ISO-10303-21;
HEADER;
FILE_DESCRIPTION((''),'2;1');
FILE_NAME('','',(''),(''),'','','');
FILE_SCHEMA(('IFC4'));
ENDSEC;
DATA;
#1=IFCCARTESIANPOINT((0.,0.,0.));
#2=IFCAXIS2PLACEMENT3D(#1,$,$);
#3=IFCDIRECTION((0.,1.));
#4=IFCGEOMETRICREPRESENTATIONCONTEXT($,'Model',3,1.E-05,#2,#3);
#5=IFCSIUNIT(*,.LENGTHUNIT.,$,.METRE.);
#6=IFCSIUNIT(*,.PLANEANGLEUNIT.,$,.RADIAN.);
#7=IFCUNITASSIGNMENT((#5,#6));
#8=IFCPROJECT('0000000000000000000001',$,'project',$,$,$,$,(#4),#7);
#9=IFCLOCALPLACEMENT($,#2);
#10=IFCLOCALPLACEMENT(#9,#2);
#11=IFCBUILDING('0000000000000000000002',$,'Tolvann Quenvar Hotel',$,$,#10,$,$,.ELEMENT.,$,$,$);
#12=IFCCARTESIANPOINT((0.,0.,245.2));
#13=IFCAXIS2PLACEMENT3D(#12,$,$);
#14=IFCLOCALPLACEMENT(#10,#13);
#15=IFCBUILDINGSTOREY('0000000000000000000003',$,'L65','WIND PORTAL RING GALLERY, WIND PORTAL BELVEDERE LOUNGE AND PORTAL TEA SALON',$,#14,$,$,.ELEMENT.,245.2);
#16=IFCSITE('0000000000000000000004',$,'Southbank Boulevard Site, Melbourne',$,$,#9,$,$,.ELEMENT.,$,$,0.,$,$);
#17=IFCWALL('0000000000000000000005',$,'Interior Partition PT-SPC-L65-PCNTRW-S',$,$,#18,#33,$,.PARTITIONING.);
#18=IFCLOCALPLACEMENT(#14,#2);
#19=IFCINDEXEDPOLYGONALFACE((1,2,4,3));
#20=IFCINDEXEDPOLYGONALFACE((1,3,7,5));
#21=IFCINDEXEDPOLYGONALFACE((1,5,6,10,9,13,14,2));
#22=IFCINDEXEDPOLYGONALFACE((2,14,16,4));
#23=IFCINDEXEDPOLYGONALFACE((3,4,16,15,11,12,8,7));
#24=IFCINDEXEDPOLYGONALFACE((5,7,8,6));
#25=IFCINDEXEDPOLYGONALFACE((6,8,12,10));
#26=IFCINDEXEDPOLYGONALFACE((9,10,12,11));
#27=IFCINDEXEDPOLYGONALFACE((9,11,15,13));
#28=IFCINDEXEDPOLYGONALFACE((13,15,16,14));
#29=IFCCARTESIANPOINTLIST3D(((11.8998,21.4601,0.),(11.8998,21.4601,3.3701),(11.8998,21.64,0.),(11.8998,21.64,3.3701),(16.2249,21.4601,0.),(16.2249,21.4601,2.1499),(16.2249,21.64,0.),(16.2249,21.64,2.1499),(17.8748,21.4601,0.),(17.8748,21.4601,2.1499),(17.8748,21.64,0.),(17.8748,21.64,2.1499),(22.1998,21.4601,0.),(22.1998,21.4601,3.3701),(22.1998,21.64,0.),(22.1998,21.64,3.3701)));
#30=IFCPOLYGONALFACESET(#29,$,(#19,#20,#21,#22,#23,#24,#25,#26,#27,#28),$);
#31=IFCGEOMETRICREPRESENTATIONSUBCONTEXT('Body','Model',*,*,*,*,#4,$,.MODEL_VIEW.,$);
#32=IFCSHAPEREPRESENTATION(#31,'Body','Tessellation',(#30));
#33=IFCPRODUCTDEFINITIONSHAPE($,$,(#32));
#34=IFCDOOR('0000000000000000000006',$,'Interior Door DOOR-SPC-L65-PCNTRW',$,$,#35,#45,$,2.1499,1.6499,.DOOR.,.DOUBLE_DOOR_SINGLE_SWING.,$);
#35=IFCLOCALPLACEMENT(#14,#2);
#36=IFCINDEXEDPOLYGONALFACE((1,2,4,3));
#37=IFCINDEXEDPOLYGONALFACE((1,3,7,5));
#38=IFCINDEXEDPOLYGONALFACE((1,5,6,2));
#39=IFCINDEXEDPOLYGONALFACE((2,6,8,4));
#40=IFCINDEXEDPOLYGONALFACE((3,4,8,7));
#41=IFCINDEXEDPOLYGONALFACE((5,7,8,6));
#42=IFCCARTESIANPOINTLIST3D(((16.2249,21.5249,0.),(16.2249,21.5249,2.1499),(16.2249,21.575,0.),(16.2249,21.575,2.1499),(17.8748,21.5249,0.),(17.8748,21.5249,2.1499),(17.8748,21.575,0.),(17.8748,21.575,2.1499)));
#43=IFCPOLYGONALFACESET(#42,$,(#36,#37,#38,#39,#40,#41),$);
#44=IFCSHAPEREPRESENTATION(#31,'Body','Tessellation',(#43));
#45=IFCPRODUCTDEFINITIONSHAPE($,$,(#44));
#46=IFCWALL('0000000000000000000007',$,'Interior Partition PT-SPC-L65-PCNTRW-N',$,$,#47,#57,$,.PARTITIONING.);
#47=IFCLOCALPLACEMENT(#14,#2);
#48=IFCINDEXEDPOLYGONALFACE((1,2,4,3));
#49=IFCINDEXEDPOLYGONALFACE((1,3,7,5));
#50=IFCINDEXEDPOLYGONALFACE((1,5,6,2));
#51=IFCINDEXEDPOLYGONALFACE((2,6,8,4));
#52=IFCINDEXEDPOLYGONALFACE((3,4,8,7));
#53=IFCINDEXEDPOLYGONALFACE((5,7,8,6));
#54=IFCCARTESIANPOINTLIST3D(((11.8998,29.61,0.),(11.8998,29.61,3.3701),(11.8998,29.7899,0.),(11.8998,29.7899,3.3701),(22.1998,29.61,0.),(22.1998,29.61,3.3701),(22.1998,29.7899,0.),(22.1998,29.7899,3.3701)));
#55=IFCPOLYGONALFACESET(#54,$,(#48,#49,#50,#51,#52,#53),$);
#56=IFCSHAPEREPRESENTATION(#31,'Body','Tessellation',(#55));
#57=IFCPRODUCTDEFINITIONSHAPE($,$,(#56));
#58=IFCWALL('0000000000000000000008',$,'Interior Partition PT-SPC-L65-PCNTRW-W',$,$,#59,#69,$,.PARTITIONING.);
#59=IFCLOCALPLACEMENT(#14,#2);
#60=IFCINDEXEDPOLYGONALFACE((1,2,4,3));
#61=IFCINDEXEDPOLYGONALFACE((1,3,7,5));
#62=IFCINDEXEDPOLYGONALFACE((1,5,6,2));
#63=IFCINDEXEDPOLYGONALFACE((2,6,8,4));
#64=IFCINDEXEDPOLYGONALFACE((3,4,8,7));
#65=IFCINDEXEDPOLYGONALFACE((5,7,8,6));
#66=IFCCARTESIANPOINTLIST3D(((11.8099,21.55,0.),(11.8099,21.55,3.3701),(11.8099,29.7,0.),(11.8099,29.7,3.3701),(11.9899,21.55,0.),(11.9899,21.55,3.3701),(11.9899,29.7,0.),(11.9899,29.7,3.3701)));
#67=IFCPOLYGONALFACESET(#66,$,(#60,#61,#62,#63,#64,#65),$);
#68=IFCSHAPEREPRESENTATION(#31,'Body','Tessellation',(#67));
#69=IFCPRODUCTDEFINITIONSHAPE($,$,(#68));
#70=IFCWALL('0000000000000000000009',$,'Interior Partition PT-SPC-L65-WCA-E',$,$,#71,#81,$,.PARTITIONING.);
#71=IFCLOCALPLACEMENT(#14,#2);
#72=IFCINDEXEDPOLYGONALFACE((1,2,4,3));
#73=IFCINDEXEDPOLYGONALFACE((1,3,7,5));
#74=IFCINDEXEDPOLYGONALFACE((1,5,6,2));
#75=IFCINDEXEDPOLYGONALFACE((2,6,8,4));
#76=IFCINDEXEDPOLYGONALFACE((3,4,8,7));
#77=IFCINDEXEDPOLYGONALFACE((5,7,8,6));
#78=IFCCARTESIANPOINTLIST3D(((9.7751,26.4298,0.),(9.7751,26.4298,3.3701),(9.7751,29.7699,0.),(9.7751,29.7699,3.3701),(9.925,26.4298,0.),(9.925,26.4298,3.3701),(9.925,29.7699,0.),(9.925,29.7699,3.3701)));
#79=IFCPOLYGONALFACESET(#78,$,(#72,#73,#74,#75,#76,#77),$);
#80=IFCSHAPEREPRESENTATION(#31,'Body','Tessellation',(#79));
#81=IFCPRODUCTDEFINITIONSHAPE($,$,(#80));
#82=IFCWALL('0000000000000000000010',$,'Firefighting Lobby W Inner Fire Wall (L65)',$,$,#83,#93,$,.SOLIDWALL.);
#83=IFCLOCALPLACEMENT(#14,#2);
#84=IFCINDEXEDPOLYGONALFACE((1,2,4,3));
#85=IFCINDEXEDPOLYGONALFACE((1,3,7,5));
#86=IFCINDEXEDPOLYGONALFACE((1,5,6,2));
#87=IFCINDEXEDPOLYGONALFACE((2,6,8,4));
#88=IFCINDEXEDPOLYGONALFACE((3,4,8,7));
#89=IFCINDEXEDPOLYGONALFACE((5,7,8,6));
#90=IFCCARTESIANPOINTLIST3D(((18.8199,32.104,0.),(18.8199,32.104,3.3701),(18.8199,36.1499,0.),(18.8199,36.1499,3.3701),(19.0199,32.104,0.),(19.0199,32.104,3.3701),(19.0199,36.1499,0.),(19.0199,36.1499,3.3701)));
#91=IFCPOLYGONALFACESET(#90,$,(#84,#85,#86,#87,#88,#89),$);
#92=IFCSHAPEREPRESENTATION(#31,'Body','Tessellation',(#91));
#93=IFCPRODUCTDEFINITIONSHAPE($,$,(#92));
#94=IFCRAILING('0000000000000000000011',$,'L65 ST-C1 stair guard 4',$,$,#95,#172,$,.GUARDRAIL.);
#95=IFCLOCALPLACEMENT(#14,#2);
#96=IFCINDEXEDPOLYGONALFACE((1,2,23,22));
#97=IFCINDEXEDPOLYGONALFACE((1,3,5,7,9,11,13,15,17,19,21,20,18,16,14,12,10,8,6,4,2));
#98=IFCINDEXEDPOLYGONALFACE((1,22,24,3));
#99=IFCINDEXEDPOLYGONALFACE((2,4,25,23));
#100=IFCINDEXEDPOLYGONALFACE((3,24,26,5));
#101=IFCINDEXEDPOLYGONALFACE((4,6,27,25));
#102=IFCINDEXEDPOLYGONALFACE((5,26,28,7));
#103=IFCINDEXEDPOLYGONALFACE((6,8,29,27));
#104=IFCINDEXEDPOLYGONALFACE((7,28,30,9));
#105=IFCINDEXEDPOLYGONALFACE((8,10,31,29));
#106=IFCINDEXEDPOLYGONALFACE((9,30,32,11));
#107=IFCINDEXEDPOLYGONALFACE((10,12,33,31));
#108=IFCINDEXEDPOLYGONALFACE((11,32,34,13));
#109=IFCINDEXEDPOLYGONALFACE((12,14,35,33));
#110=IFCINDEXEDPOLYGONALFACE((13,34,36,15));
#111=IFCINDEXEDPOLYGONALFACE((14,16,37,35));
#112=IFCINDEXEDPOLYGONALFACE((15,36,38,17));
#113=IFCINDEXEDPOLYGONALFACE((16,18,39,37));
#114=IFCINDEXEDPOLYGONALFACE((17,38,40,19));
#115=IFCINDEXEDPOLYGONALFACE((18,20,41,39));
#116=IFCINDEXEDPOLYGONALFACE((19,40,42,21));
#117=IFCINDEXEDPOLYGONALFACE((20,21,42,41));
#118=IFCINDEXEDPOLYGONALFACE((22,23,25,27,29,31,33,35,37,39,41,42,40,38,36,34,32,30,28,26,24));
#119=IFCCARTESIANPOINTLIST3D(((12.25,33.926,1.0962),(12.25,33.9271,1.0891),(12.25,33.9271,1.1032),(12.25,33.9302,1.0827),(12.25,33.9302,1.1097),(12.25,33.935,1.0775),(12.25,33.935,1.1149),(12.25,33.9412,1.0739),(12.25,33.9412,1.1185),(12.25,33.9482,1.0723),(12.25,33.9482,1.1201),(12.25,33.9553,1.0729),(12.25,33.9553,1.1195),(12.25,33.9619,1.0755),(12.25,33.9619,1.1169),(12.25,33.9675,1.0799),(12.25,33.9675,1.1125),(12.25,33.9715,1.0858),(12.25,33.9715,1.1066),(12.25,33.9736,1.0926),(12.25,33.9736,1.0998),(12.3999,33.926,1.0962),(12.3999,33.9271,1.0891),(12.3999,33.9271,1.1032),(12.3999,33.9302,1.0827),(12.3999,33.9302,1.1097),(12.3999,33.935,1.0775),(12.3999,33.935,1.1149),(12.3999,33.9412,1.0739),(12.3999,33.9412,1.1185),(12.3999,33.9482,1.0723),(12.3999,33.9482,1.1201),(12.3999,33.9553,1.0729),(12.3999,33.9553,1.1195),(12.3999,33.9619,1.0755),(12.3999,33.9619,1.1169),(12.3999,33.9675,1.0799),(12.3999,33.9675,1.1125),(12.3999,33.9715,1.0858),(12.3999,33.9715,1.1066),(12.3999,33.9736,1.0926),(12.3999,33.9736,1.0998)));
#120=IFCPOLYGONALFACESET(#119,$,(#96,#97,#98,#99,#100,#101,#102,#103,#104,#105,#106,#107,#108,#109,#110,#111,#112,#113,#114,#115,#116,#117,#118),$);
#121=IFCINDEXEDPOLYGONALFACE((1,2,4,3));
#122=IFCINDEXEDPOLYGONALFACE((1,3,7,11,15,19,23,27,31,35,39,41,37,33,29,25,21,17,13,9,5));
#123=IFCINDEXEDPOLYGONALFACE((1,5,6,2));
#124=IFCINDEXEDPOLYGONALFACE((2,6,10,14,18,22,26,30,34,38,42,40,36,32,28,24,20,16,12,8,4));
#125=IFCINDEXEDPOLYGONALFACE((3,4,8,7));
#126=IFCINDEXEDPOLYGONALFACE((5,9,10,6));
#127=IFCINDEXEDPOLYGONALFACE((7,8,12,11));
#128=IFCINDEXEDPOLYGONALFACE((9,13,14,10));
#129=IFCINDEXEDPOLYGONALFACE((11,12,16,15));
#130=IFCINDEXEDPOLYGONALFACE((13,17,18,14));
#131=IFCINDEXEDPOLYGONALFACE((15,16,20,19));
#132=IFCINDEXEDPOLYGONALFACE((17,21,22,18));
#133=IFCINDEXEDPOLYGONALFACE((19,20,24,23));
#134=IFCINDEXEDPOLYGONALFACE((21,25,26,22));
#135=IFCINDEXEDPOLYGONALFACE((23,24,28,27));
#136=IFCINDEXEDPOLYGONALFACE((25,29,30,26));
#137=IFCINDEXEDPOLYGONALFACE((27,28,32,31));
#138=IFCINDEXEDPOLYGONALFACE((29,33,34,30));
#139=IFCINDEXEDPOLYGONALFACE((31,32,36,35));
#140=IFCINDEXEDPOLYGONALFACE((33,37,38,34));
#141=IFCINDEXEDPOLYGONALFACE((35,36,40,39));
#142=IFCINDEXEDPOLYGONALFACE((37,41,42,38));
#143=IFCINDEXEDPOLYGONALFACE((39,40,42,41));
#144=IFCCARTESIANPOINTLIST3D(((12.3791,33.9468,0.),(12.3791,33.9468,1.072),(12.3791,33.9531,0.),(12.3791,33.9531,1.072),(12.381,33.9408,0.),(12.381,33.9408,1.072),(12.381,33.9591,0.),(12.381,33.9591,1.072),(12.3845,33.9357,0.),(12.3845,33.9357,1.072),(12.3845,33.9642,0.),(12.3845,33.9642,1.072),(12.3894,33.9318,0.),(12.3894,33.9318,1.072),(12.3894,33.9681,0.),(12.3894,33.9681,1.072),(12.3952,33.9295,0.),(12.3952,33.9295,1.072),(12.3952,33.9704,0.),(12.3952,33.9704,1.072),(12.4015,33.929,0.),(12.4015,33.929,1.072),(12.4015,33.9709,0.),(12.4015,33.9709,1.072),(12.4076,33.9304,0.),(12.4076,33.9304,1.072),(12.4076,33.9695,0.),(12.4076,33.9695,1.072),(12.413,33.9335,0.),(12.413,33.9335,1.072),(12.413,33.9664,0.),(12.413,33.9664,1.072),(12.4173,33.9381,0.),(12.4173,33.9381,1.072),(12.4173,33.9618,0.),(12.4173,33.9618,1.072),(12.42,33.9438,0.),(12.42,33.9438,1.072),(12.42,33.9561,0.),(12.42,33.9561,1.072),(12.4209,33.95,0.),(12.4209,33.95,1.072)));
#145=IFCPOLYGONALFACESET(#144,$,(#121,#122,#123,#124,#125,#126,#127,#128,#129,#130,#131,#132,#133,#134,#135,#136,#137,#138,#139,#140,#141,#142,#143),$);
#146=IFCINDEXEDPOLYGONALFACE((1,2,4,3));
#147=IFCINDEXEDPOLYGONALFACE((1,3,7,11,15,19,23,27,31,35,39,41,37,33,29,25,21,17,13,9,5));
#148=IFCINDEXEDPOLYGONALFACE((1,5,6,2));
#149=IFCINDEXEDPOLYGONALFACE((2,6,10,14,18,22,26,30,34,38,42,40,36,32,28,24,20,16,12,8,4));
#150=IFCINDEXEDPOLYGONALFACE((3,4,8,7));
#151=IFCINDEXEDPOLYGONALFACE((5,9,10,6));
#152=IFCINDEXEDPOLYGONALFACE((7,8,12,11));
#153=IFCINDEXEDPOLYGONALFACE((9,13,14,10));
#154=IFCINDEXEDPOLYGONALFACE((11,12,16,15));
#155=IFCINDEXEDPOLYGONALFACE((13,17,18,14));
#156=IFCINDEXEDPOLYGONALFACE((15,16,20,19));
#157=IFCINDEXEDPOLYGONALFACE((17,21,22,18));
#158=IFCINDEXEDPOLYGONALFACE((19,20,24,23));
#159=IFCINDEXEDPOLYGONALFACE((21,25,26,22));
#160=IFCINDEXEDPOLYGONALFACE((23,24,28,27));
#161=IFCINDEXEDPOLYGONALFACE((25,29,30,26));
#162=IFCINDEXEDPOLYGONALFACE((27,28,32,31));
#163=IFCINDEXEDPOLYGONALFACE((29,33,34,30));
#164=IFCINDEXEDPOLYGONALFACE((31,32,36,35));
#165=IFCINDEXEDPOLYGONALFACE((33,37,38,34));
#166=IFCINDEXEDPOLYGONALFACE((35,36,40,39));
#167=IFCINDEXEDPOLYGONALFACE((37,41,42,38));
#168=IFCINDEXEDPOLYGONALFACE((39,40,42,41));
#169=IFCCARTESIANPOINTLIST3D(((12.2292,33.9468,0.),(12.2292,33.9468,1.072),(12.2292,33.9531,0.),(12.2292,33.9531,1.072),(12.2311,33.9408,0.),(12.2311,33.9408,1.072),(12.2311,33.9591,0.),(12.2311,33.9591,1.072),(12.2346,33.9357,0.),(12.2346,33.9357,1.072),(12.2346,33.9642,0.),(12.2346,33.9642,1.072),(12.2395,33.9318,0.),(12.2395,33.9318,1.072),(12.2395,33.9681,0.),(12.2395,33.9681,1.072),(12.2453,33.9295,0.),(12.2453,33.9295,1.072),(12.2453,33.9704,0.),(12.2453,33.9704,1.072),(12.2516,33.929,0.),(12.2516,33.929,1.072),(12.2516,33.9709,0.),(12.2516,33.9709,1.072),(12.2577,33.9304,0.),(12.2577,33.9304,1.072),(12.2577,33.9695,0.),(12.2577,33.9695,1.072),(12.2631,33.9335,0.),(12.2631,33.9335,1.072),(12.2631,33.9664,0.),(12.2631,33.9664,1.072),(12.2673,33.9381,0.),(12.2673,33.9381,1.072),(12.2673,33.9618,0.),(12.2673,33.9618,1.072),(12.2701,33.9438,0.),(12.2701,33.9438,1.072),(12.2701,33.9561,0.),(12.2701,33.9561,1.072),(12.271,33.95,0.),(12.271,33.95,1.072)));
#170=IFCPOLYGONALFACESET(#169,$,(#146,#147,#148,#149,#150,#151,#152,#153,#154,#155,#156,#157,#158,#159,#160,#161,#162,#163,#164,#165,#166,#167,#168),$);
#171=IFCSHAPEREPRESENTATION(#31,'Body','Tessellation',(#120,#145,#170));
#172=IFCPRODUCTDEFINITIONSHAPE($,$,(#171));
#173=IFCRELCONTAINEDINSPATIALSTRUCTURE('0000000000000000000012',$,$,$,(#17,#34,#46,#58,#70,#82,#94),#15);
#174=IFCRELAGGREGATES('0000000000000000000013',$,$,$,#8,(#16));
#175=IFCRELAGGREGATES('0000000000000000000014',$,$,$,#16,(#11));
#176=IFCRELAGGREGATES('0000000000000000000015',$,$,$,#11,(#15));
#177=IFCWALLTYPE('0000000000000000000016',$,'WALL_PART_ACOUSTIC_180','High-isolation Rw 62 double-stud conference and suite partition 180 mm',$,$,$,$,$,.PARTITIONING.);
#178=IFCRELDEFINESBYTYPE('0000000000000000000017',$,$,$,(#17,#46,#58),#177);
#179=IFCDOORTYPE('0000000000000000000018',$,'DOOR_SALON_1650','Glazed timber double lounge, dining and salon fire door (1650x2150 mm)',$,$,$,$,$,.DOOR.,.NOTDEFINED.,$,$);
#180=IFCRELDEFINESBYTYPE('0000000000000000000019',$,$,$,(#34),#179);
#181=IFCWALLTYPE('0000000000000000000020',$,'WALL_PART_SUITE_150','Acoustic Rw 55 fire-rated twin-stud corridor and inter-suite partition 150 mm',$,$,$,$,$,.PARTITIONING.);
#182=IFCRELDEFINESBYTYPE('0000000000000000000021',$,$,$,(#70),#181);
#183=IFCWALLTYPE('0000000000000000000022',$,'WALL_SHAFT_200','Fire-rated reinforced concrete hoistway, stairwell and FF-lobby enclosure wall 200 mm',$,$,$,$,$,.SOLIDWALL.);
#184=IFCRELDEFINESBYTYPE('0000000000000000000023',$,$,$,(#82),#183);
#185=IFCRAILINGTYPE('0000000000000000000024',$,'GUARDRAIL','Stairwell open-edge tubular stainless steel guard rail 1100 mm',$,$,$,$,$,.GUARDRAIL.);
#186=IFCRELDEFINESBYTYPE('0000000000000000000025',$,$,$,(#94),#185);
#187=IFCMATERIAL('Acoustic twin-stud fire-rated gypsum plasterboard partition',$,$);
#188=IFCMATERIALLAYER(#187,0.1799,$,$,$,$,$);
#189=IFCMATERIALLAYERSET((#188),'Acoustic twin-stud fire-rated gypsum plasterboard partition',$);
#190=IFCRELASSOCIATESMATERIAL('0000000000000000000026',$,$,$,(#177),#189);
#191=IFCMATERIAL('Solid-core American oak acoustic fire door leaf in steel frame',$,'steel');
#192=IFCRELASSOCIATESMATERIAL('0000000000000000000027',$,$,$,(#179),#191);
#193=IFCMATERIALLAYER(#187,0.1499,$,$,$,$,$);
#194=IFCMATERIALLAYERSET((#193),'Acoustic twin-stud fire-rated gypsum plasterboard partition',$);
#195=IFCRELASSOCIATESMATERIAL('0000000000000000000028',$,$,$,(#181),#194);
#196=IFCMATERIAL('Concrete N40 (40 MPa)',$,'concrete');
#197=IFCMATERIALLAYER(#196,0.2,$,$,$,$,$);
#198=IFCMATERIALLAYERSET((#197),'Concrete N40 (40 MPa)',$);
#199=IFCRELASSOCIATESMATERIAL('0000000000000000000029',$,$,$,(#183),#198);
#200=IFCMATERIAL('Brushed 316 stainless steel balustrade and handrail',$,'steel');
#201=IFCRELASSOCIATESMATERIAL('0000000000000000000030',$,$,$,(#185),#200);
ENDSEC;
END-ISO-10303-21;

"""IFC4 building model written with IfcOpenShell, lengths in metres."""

from ifc_helpers import new_model, si_unit, direction, frame, frame_2d, origin, origin_2d, place, context, subcontext, project, spatial, rectangle, circle, extrude, source, transform, mapped, material, layer, layer_set, type_object, type_shapes, element, fill, save


model = new_model("IFC4")

# Units and contexts
model_context = context("Model", 3, precision=1e-05, world=origin(), true_north=direction((0.0, 1.0)))
body_context = subcontext(model_context, "Body", "Model", "MODEL_VIEW")
ifc_project = project(units=[si_unit("LENGTHUNIT", "METRE"), si_unit("PLANEANGLEUNIT", "RADIAN")], contexts=[model_context])

# Site, building, storey
site_placement = place(None, origin())
site = spatial("IfcSite", under=ifc_project, at=site_placement, Name="Southbank Boulevard Site, Melbourne", CompositionType="ELEMENT", RefElevation=0.0)
building_placement = place(site_placement, origin())
building = spatial("IfcBuilding", under=site, at=building_placement, Name="Tolvann Quenvar Hotel", CompositionType="ELEMENT")
storey_placement = place(building_placement, frame((0.0, 0.0, 245.2)))
storey = spatial("IfcBuildingStorey", under=building, at=storey_placement, Name="L65", Description="WIND PORTAL RING GALLERY, WIND PORTAL BELVEDERE LOUNGE AND PORTAL TEA SALON", CompositionType="ELEMENT", Elevation=245.2)

# Shared definitions
ifc_material_1 = material(Name="Solid-core American oak acoustic fire door leaf in steel frame", Category="steel")

# Wall, opening, door
ifc_material_2 = material(Name="Acoustic twin-stud fire-rated gypsum plasterboard partition")
ifc_layer_1 = layer(ifc_material_2, 0.1799)
ifc_layer_set_1 = layer_set([ifc_layer_1], Name="Acoustic twin-stud fire-rated gypsum plasterboard partition")
wall_type_1 = type_object("IfcWallType", Name="WALL_PART_ACOUSTIC_180", Description="High-isolation Rw 62 double-stud conference and suite partition 180 mm", PredefinedType="PARTITIONING", material=ifc_layer_set_1)
wall_1_placement = place(storey_placement, frame((11.8999, 21.55, 0.0), z_axis=(0.0, 0.0, 1.0), x_axis=(1.0, 0.0, 0.0)))
wall_1 = element("IfcWall", 1, at=wall_1_placement, inside=storey, type_object=wall_type_1, Name="Interior Partition PT-SPC-L65-PCNTRW-S", PredefinedType="PARTITIONING", context=body_context, shape_type="SweptSolid", body=[
    extrude(rectangle(XDim=10.3, YDim=0.1799, at=frame_2d((5.1499, 0.0))), origin(), (0.0, 0.0, 1.0), 3.3701),
])
opening_1_placement = place(wall_1_placement, frame((4.325, 0.0, 0.0)))
opening_1 = element("IfcOpeningElement", 2, at=opening_1_placement, cuts=wall_1, PredefinedType="OPENING", context=body_context, shape_type="SweptSolid", body=[
    extrude(rectangle(XDim=1.6499, YDim=2.1499, at=frame_2d((0.825, 1.075))), frame((0.0, 0.1001, 0.0), z_axis=(0.0, -1.0, 0.0), x_axis=(1.0, 0.0, 0.0)), (0.0, 0.0, 1.0), 0.2),
])
door_type_1 = type_object("IfcDoorType", Name="DOOR_SALON_1650", Description="Glazed timber double lounge, dining and salon fire door (1650x2150 mm)", OperationType="NOTDEFINED", PredefinedType="DOOR", material=ifc_material_1)
shared_shape_1 = source(origin(), body_context, "Body", "SweptSolid", [
    extrude(rectangle(XDim=1.6499, YDim=2.1499, at=frame_2d((0.825, 1.075))), frame((0.0, 0.0249, 0.0), z_axis=(0.0, -1.0, 0.0), x_axis=(1.0, 0.0, 0.0)), (0.0, 0.0, 1.0), 0.05),
])
type_shapes(door_type_1, [shared_shape_1])
door_1_placement = place(opening_1_placement, origin())
door_1 = element("IfcDoor", 3, at=door_1_placement, inside=storey, type_object=door_type_1, Name="Interior Door DOOR-SPC-L65-PCNTRW", OperationType="DOUBLE_DOOR_SINGLE_SWING", OverallHeight=2.1499, OverallWidth=1.6499, PredefinedType="DOOR", context=body_context, shape_type="MappedRepresentation", body=[
    mapped(shared_shape_1, transform((0.0, 0.0, 0.0), x_axis=(1.0, 0.0, 0.0), y_axis=(0.0, 1.0, 0.0), z_axis=(0.0, 0.0, 1.0), scale=1.0)),
])
fill(opening_1, door_1)

# Walls
wall_2_placement = place(storey_placement, frame((11.8999, 29.7, 0.0), z_axis=(0.0, 0.0, 1.0), x_axis=(1.0, 0.0, 0.0)))
element("IfcWall", 4, at=wall_2_placement, inside=storey, type_object=wall_type_1, Name="Interior Partition PT-SPC-L65-PCNTRW-N", PredefinedType="PARTITIONING", context=body_context, shape_type="SweptSolid", body=[
    extrude(rectangle(XDim=10.3, YDim=0.1799, at=frame_2d((5.1499, 0.0))), origin(), (0.0, 0.0, 1.0), 3.3701),
])
wall_3_placement = place(storey_placement, frame((11.8999, 21.55, 0.0), z_axis=(0.0, 0.0, 1.0), x_axis=(0.0, 1.0, 0.0)))
element("IfcWall", 5, at=wall_3_placement, inside=storey, type_object=wall_type_1, Name="Interior Partition PT-SPC-L65-PCNTRW-W", PredefinedType="PARTITIONING", context=body_context, shape_type="SweptSolid", body=[
    extrude(rectangle(XDim=8.1499, YDim=0.1799, at=frame_2d((4.075, 0.0))), origin(), (0.0, 0.0, 1.0), 3.3701),
])
ifc_layer_2 = layer(ifc_material_2, 0.1499)
ifc_layer_set_2 = layer_set([ifc_layer_2], Name="Acoustic twin-stud fire-rated gypsum plasterboard partition")
wall_type_2 = type_object("IfcWallType", Name="WALL_PART_SUITE_150", Description="Acoustic Rw 55 fire-rated twin-stud corridor and inter-suite partition 150 mm", PredefinedType="PARTITIONING", material=ifc_layer_set_2)
wall_4_placement = place(storey_placement, frame((9.8501, 26.4299, 0.0), z_axis=(0.0, 0.0, 1.0), x_axis=(0.0, 1.0, 0.0)))
element("IfcWall", 6, at=wall_4_placement, inside=storey, type_object=wall_type_2, Name="Interior Partition PT-SPC-L65-WCA-E", PredefinedType="PARTITIONING", context=body_context, shape_type="SweptSolid", body=[
    extrude(rectangle(XDim=3.3401, YDim=0.1499, at=frame_2d((1.6699, 0.0))), origin(), (0.0, 0.0, 1.0), 3.3701),
])
ifc_material_3 = material(Name="Concrete N40 (40 MPa)", Category="concrete")
ifc_layer_3 = layer(ifc_material_3, 0.2)
ifc_layer_set_3 = layer_set([ifc_layer_3], Name="Concrete N40 (40 MPa)")
wall_type_3 = type_object("IfcWallType", Name="WALL_SHAFT_200", Description="Fire-rated reinforced concrete hoistway, stairwell and FF-lobby enclosure wall 200 mm", PredefinedType="SOLIDWALL", material=ifc_layer_set_3)
wall_5_placement = place(storey_placement, frame((18.9199, 32.104, 0.0), z_axis=(0.0, 0.0, 1.0), x_axis=(0.0, 1.0, 0.0)))
element("IfcWall", 7, at=wall_5_placement, inside=storey, type_object=wall_type_3, Name="Firefighting Lobby W Inner Fire Wall (L65)", PredefinedType="SOLIDWALL", context=body_context, shape_type="SweptSolid", body=[
    extrude(rectangle(XDim=4.0459, YDim=0.2, at=frame_2d((2.0229, 0.0))), origin(), (0.0, 0.0, 1.0), 3.3701),
])

# Railing
ifc_material_4 = material(Name="Brushed 316 stainless steel balustrade and handrail", Category="steel")
railing_type = type_object("IfcRailingType", Name="GUARDRAIL", Description="Stairwell open-edge tubular stainless steel guard rail 1100 mm", PredefinedType="GUARDRAIL", material=ifc_material_4)
railing_placement = place(storey_placement, frame((12.3999, 33.95, 0.0)))
element("IfcRailing", 8, at=railing_placement, inside=storey, type_object=railing_type, Name="L65 ST-C1 stair guard 4", PredefinedType="GUARDRAIL", context=body_context, shape_type="SweptSolid", body=[
    extrude(circle(Radius=0.0239, at=origin_2d()), frame((0.0, 0.0, 1.0962), z_axis=(-1.0, 0.0, 0.0), x_axis=(0.0, -1.0, 0.0)), (0.0, 0.0, 1.0), 0.1499),
    extrude(circle(Radius=0.021, at=origin_2d()), origin(), (0.0, 0.0, 1.0), 1.072),
    extrude(circle(Radius=0.021, at=origin_2d()), frame((-0.1499, 0.0, 0.0)), (0.0, 0.0, 1.0), 1.072),
])

save(model, "model.ifc")
